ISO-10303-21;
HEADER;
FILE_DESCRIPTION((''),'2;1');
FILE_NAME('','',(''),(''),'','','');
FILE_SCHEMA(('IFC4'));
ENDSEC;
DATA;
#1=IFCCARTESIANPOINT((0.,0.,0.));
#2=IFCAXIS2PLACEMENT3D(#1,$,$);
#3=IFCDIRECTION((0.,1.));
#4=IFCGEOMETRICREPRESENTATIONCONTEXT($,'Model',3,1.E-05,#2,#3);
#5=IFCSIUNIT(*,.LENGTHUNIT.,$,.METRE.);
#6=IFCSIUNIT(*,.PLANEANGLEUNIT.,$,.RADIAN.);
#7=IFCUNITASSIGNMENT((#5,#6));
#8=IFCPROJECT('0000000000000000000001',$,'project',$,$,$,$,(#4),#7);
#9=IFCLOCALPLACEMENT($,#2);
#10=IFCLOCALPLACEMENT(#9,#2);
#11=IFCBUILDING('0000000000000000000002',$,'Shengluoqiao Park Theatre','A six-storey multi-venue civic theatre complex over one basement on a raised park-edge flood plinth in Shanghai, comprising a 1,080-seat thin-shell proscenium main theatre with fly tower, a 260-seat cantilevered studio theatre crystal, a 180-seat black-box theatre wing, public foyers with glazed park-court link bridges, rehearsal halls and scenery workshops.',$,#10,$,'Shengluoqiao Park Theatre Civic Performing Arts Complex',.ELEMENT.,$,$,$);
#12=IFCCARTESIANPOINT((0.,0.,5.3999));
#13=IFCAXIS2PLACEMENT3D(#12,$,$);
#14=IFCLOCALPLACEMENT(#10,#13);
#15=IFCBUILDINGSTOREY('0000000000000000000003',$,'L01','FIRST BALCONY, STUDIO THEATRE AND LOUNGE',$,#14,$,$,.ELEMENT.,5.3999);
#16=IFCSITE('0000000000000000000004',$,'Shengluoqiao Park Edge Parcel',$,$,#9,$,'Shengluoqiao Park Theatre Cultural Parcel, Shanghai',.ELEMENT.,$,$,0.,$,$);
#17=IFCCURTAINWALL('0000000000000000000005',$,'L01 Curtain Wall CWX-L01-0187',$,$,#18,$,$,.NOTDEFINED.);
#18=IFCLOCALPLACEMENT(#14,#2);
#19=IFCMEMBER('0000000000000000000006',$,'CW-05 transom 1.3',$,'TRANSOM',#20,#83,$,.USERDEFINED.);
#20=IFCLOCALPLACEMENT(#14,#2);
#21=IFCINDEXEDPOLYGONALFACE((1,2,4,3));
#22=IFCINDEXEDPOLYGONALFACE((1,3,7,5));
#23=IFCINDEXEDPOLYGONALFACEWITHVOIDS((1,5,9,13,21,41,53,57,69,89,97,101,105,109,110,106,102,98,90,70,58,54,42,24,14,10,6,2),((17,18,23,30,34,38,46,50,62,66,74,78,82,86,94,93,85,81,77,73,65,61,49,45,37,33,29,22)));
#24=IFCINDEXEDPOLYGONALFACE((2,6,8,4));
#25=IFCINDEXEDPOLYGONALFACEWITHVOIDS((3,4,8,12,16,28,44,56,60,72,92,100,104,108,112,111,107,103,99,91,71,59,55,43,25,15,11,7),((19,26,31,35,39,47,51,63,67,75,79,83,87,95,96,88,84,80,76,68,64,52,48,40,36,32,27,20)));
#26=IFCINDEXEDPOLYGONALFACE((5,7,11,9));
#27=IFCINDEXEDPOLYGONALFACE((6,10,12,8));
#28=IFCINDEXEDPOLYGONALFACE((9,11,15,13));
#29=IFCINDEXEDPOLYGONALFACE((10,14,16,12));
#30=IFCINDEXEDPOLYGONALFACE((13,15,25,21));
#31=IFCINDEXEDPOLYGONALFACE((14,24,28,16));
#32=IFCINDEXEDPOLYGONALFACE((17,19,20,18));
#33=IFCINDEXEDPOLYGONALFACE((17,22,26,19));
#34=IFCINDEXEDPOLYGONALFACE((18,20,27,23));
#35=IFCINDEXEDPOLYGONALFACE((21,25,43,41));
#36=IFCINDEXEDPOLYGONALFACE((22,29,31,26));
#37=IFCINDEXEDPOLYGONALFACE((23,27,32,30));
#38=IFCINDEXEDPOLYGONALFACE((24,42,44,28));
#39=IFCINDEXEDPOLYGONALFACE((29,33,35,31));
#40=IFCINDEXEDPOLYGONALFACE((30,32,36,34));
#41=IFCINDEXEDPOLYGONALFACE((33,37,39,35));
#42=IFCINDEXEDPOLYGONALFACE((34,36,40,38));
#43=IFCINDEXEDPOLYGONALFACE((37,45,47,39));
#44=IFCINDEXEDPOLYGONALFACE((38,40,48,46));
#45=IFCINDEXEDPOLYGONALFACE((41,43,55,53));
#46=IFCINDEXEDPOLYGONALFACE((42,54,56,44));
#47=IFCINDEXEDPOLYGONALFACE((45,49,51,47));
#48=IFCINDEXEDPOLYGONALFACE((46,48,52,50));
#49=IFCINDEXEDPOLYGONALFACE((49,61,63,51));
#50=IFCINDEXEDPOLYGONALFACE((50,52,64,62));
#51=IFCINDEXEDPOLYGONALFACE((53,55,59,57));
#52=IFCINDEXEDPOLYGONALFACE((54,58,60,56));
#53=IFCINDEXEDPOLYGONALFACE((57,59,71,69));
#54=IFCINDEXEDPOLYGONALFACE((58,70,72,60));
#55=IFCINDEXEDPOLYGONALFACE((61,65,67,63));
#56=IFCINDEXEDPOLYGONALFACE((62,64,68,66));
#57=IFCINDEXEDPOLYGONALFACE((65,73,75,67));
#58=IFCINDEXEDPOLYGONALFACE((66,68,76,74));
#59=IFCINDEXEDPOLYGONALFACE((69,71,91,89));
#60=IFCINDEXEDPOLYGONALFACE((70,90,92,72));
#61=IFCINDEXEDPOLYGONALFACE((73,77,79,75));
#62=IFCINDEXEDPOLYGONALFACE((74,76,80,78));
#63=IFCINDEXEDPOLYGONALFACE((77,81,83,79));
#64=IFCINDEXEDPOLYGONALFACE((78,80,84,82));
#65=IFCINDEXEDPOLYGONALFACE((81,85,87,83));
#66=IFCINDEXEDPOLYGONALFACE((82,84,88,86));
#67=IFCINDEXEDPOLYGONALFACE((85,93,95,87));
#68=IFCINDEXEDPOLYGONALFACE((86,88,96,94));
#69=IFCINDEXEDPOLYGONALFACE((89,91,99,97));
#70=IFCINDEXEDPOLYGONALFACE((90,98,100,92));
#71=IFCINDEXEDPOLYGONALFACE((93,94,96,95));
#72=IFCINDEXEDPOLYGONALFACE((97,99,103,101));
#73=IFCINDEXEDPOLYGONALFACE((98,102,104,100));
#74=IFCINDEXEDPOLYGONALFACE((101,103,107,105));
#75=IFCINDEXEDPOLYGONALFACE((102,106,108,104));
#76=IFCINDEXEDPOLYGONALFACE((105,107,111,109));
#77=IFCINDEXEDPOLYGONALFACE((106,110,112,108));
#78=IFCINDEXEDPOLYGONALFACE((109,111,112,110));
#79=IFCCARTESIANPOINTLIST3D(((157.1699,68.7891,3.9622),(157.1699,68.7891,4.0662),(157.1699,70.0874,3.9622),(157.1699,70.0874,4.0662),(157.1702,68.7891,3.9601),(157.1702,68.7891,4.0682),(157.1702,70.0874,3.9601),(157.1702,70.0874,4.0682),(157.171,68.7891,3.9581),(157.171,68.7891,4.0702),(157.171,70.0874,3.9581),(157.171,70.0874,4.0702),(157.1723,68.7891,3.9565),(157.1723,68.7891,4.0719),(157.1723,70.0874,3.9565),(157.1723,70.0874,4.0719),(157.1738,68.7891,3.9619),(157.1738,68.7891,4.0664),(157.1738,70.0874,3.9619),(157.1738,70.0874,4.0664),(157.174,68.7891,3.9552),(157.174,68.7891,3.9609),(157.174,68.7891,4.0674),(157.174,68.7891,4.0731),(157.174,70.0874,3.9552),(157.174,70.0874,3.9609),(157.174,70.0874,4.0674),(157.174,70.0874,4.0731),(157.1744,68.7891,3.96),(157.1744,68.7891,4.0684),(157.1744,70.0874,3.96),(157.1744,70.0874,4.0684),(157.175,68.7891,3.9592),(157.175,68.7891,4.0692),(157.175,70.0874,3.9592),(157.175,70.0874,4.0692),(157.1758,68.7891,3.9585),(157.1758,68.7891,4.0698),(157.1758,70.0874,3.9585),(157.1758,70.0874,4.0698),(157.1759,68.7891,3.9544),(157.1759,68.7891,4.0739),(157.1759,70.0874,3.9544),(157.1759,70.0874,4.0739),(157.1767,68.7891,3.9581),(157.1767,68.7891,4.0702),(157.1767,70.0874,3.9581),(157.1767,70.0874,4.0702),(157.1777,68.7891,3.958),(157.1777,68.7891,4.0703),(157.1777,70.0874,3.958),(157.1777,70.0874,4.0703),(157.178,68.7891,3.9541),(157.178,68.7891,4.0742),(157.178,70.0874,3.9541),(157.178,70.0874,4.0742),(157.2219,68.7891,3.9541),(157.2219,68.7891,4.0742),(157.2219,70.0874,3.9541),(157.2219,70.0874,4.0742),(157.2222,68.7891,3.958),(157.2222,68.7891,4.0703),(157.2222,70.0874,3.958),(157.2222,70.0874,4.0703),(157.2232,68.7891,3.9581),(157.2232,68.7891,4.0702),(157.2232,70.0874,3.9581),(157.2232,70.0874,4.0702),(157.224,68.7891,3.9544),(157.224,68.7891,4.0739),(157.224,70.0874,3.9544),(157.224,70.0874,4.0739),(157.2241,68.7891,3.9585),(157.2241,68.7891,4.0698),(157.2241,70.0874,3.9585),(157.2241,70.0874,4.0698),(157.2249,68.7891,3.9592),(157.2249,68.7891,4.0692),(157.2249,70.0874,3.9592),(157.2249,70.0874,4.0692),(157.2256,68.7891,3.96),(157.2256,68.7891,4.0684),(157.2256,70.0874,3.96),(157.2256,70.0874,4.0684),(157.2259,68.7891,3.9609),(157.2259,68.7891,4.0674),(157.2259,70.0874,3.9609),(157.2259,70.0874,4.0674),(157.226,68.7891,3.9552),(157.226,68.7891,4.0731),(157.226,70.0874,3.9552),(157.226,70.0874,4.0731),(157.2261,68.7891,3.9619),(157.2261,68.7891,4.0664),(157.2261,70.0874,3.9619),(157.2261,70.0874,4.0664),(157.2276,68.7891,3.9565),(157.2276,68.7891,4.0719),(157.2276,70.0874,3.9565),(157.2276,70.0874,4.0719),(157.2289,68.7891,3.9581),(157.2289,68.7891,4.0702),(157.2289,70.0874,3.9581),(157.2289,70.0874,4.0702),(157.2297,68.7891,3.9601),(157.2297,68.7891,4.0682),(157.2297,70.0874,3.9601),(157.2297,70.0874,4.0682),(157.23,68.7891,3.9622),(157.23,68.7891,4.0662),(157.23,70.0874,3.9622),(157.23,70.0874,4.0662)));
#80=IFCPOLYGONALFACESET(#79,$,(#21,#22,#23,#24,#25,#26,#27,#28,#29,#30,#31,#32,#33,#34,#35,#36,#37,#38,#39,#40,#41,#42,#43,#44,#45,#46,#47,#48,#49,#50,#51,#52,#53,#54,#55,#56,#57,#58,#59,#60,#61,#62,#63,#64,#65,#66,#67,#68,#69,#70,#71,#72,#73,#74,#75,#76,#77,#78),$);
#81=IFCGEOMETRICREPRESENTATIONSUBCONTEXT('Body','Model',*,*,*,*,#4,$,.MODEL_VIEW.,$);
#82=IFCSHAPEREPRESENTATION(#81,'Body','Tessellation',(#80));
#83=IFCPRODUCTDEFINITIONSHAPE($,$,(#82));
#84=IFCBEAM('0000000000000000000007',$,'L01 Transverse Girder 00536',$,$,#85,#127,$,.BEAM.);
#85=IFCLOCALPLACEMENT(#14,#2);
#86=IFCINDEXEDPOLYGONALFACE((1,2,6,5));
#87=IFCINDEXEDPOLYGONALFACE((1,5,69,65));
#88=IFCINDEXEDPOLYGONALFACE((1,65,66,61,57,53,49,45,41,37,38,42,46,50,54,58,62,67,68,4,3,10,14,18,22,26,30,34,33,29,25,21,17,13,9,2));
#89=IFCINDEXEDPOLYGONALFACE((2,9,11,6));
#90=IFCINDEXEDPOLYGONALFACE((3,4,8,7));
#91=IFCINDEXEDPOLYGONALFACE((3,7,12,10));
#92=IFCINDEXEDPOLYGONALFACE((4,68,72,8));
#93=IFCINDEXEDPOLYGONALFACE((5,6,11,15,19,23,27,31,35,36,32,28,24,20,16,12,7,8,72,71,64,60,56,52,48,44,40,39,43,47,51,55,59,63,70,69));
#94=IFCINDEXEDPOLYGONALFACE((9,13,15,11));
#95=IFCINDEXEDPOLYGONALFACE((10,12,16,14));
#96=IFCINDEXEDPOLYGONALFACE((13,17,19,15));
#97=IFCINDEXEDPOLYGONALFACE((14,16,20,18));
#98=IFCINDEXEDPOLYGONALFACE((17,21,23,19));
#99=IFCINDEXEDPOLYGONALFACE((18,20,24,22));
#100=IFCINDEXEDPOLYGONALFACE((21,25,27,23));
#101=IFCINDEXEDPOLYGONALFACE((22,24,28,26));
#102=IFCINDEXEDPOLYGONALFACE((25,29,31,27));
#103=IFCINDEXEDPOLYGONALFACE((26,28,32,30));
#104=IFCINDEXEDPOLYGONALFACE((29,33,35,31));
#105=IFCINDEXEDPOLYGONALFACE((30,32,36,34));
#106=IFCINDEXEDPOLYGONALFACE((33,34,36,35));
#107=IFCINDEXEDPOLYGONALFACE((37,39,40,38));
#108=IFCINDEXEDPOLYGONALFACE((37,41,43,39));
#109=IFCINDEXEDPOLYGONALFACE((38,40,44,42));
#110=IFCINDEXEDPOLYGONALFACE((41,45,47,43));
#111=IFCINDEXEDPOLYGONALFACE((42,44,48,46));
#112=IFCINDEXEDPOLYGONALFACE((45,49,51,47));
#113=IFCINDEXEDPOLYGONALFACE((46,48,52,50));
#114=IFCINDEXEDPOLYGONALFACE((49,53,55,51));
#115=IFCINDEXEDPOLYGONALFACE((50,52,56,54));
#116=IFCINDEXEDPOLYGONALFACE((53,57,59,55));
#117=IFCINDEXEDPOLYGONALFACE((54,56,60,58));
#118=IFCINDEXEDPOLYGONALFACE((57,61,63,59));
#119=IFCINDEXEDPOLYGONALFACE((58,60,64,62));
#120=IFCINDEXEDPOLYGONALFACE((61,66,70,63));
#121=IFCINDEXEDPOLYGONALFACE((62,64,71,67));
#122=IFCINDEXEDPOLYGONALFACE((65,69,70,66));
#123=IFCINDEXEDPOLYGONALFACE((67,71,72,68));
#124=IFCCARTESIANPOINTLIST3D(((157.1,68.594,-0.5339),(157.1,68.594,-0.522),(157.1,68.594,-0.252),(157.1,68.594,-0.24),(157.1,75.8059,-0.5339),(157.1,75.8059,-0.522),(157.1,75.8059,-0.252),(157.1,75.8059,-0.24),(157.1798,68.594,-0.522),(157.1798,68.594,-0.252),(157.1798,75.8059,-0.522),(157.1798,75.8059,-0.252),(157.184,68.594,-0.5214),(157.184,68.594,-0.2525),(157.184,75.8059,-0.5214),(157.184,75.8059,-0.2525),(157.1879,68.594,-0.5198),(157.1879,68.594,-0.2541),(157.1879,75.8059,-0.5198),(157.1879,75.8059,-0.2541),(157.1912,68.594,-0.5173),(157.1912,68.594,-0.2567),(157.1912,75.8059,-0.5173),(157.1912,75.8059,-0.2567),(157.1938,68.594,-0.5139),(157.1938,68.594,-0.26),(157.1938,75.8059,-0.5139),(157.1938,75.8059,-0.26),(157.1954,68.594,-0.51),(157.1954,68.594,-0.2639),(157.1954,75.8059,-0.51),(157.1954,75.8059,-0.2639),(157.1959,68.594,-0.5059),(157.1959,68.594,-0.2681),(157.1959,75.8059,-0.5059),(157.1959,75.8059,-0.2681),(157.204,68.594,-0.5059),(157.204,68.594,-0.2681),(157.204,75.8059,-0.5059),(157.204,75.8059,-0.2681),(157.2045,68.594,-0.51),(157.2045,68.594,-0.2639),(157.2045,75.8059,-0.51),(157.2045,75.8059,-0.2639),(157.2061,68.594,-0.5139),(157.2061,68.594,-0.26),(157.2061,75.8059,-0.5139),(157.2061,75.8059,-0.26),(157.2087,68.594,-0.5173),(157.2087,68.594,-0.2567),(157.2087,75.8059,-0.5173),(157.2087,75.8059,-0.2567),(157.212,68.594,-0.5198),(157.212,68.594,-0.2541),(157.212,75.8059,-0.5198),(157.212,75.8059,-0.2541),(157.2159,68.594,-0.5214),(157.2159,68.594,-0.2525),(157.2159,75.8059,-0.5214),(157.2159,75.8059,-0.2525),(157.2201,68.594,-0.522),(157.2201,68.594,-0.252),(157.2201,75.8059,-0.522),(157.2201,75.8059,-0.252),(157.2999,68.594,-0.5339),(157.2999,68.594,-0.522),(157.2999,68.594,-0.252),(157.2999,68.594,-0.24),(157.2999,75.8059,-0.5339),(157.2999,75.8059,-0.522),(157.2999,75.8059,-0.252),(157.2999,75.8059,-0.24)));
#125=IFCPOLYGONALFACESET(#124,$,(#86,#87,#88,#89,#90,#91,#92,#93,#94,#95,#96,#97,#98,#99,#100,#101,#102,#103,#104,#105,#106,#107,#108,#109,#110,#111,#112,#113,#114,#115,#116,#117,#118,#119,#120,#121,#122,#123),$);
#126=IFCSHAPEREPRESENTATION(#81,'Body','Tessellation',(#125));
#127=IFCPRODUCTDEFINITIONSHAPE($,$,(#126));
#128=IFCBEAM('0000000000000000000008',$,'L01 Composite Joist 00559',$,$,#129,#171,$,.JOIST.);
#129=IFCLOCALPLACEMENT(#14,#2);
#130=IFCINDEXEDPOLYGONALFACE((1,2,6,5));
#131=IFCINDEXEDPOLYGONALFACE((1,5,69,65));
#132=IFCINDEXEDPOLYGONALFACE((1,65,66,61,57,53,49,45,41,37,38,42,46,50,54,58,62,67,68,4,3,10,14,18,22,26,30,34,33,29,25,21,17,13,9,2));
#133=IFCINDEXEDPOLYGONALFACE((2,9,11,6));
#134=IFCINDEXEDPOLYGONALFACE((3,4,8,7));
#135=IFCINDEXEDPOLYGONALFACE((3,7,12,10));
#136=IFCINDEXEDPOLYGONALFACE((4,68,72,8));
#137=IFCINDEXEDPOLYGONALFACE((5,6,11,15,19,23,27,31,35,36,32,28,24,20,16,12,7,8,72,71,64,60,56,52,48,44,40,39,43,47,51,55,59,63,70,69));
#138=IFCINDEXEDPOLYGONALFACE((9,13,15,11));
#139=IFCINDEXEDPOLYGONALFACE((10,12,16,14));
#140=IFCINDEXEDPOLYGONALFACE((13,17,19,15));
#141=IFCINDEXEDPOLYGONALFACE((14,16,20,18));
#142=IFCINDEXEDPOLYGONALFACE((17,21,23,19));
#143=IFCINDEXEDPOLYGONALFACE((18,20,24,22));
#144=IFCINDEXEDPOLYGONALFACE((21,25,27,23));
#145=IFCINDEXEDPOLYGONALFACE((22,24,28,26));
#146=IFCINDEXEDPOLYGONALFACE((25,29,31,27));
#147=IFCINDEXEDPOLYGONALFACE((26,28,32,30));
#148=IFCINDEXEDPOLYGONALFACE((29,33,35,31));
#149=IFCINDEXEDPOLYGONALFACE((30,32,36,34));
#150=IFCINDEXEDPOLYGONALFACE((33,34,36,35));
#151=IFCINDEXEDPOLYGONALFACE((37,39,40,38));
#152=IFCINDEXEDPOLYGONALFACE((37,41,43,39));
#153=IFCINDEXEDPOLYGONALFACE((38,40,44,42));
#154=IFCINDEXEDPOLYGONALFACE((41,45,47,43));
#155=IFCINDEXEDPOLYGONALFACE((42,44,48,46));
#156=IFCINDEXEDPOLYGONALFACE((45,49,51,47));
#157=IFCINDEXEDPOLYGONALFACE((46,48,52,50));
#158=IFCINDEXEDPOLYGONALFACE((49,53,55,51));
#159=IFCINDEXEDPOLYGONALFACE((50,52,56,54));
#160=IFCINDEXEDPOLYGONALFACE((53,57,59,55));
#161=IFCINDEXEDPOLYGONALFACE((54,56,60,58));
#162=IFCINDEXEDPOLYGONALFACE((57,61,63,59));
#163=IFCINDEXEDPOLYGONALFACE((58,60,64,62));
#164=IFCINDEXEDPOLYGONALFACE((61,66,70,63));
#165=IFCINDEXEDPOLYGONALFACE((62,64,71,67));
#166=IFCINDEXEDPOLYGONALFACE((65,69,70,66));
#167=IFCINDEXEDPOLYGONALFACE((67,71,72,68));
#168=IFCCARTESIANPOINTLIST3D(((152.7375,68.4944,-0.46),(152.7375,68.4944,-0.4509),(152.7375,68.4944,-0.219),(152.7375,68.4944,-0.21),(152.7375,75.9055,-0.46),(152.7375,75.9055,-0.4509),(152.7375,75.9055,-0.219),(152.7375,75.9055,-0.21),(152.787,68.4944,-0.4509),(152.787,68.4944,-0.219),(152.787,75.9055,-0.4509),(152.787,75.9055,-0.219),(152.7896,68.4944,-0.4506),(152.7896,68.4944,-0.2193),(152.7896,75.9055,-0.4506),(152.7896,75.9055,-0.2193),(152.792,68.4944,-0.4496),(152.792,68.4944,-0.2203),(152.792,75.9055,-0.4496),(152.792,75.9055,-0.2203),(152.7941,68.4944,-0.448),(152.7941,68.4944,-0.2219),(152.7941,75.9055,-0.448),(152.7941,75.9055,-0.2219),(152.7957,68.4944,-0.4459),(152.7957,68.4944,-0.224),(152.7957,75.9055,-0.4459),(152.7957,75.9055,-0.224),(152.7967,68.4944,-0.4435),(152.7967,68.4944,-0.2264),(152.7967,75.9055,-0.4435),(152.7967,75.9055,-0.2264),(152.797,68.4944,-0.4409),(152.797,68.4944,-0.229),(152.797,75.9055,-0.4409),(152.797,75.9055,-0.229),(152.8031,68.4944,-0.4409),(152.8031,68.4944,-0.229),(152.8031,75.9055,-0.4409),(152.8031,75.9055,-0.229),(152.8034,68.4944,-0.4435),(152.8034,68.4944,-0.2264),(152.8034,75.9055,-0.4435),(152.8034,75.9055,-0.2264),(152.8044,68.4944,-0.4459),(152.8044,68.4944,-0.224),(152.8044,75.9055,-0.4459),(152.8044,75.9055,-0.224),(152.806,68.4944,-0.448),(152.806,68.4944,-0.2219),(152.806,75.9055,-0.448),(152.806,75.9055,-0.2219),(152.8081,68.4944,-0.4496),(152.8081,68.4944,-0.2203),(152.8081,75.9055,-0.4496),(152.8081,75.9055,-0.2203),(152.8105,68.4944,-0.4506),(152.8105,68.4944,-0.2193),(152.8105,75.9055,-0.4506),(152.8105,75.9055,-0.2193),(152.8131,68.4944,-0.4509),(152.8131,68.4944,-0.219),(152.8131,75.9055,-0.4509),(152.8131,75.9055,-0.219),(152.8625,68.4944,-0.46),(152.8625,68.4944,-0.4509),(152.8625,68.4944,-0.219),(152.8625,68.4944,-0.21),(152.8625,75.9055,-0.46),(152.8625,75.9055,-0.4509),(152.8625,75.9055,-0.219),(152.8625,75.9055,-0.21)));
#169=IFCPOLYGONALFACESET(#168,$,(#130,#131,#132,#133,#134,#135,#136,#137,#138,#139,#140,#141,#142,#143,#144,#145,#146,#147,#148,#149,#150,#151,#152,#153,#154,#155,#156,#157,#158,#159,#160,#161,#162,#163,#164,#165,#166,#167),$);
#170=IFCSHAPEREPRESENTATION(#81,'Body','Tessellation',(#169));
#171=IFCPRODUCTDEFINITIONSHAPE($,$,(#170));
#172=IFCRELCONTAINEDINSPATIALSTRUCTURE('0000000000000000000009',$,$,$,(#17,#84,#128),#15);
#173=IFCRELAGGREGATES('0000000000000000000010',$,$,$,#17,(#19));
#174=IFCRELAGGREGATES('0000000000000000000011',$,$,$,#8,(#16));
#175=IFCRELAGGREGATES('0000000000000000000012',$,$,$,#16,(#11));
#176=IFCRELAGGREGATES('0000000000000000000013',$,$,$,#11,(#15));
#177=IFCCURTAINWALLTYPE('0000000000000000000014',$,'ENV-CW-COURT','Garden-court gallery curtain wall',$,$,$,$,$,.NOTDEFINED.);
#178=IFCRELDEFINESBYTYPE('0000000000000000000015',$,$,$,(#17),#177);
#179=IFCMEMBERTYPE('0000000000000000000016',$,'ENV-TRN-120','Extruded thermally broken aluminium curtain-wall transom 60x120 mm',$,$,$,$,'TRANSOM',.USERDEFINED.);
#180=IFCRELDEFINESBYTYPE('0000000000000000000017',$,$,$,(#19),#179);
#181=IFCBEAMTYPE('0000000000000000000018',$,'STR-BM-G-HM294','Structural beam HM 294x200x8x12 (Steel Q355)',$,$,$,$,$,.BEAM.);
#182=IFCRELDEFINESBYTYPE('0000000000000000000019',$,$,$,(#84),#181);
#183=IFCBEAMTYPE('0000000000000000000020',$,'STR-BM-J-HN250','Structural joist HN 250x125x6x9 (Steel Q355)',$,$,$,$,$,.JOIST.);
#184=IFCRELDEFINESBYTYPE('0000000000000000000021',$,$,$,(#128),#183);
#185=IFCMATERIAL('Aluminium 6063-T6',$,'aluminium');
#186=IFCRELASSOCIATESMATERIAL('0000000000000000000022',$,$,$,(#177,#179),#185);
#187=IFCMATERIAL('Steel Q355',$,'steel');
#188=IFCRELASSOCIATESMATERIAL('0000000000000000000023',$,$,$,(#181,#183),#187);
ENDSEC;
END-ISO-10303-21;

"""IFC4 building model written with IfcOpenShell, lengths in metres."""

from ifc_helpers import new_model, si_unit, direction, frame, origin, origin_2d, place, context, subcontext, project, spatial, hollow_rectangle, i_section, extrude, material, material_profile, profile_set, type_object, element, aggregate, save


model = new_model("IFC4")

# Units and contexts
model_context = context("Model", 3, precision=1e-05, world=origin(), true_north=direction((0.0, 1.0)))
body_context = subcontext(model_context, "Body", "Model", "MODEL_VIEW")
ifc_project = project(units=[si_unit("LENGTHUNIT", "METRE"), si_unit("PLANEANGLEUNIT", "RADIAN")], contexts=[model_context])

# Site, building, storey
site_placement = place(None, origin())
site = spatial("IfcSite", under=ifc_project, at=site_placement, Name="Shengluoqiao Park Edge Parcel", LongName="Shengluoqiao Park Theatre Cultural Parcel, Shanghai", CompositionType="ELEMENT", RefElevation=0.0)
building_placement = place(site_placement, origin())
building = spatial("IfcBuilding", under=site, at=building_placement, Name="Shengluoqiao Park Theatre", Description="A six-storey multi-venue civic theatre complex over one basement on a raised park-edge flood plinth in Shanghai, comprising a 1,080-seat thin-shell proscenium main theatre with fly tower, a 260-seat cantilevered studio theatre crystal, a 180-seat black-box theatre wing, public foyers with glazed park-court link bridges, rehearsal halls and scenery workshops.", LongName="Shengluoqiao Park Theatre Civic Performing Arts Complex", CompositionType="ELEMENT")
storey_placement = place(building_placement, frame((0.0, 0.0, 5.3999)))
storey = spatial("IfcBuildingStorey", under=building, at=storey_placement, Name="L01", Description="FIRST BALCONY, STUDIO THEATRE AND LOUNGE", CompositionType="ELEMENT", Elevation=5.3999)

# Shared definitions
ifc_material_1 = material(Name="Aluminium 6063-T6", Category="aluminium")

# Curtain wall
curtain_wall_type_1 = type_object("IfcCurtainWallType", Name="ENV-CW-COURT", Description="Garden-court gallery curtain wall", PredefinedType="NOTDEFINED", material=ifc_material_1)
curtain_wall_1_placement = place(storey_placement, origin())
curtain_wall_1 = element("IfcCurtainWall", 1, at=curtain_wall_1_placement, inside=storey, type_object=curtain_wall_type_1, Name="L01 Curtain Wall CWX-L01-0187", PredefinedType="NOTDEFINED")

# Shared definitions
ifc_material_profile_1 = material_profile(ifc_material_1, hollow_rectangle(XDim=0.0601, YDim=0.1201, WallThickness=0.0039, InnerFilletRadius=0.0039, OuterFilletRadius=0.0081, at=origin_2d()), Name="ALU TRANSOM 120x60x4")
ifc_profile_set_1 = profile_set([ifc_material_profile_1], Name="Aluminium 6063-T6")
member_type_1 = type_object("IfcMemberType", Name="ENV-TRN-120", Description="Extruded thermally broken aluminium curtain-wall transom 60x120 mm", ElementType="TRANSOM", PredefinedType="USERDEFINED", material=ifc_profile_set_1)

# Member
member_1_placement = place(storey_placement, frame((157.2, 68.7891, 4.0142), z_axis=(0.0, 1.0, 0.0), x_axis=(-1.0, 0.0, 0.0)))
member_1 = element("IfcMember", 2, at=member_1_placement, type_object=member_type_1, Name="CW-05 transom 1.3", ObjectType="TRANSOM", PredefinedType="USERDEFINED", context=body_context, shape_type="SweptSolid", body=[
    extrude(hollow_rectangle(XDim=0.0601, YDim=0.1201, WallThickness=0.0039, InnerFilletRadius=0.0039, OuterFilletRadius=0.0081, at=origin_2d()), origin(), (0.0, 0.0, 1.0), 1.2983),
])

# Beams
ifc_material_2 = material(Name="Steel Q355", Category="steel")
ifc_material_profile_2 = material_profile(ifc_material_2, i_section(OverallWidth=0.2, OverallDepth=0.2939, WebThickness=0.0081, FlangeThickness=0.012, FilletRadius=0.0161, at=origin_2d()), Name="HM 294x200x8x12")
ifc_profile_set_2 = profile_set([ifc_material_profile_2], Name="Steel Q355")
beam_type_1 = type_object("IfcBeamType", Name="STR-BM-G-HM294", Description="Structural beam HM 294x200x8x12 (Steel Q355)", PredefinedType="BEAM", material=ifc_profile_set_2)
beam_placement = place(storey_placement, frame((157.2, 68.594, -0.387), z_axis=(0.0, 1.0, 0.0), x_axis=(-1.0, 0.0, 0.0)))
element("IfcBeam", 3, at=beam_placement, inside=storey, type_object=beam_type_1, Name="L01 Transverse Girder 00536", PredefinedType="BEAM", context=body_context, shape_type="SweptSolid", body=[
    extrude(i_section(OverallWidth=0.2, OverallDepth=0.2939, WebThickness=0.0081, FlangeThickness=0.012, FilletRadius=0.0161, at=origin_2d()), origin(), (0.0, 0.0, 1.0), 7.2119),
])
ifc_material_profile_3 = material_profile(ifc_material_2, i_section(OverallWidth=0.125, OverallDepth=0.25, WebThickness=0.0061, FlangeThickness=0.009, FilletRadius=0.01, at=origin_2d()), Name="HN 250x125x6x9")
ifc_profile_set_3 = profile_set([ifc_material_profile_3], Name="Steel Q355")
beam_type_2 = type_object("IfcBeamType", Name="STR-BM-J-HN250", Description="Structural joist HN 250x125x6x9 (Steel Q355)", PredefinedType="JOIST", material=ifc_profile_set_3)
for number, where, z_axis, x_axis, name in (
    (4, (152.8, 68.4944, -0.335), (0.0, 1.0, 0.0), (-1.0, 0.0, 0.0), "L01 Composite Joist 00559"),
):
    element("IfcBeam", number, at=place(storey_placement, frame(where, z_axis=z_axis, x_axis=x_axis)), inside=storey, type_object=beam_type_2, Name=name, PredefinedType="JOIST", context=body_context, shape_type="SweptSolid", body=[
        extrude(i_section(OverallWidth=0.125, OverallDepth=0.25, WebThickness=0.0061, FlangeThickness=0.009, FilletRadius=0.01, at=origin_2d()), origin(), (0.0, 0.0, 1.0), 7.4111),
    ])

aggregate(curtain_wall_1, [member_1])

save(model, "model.ifc")
